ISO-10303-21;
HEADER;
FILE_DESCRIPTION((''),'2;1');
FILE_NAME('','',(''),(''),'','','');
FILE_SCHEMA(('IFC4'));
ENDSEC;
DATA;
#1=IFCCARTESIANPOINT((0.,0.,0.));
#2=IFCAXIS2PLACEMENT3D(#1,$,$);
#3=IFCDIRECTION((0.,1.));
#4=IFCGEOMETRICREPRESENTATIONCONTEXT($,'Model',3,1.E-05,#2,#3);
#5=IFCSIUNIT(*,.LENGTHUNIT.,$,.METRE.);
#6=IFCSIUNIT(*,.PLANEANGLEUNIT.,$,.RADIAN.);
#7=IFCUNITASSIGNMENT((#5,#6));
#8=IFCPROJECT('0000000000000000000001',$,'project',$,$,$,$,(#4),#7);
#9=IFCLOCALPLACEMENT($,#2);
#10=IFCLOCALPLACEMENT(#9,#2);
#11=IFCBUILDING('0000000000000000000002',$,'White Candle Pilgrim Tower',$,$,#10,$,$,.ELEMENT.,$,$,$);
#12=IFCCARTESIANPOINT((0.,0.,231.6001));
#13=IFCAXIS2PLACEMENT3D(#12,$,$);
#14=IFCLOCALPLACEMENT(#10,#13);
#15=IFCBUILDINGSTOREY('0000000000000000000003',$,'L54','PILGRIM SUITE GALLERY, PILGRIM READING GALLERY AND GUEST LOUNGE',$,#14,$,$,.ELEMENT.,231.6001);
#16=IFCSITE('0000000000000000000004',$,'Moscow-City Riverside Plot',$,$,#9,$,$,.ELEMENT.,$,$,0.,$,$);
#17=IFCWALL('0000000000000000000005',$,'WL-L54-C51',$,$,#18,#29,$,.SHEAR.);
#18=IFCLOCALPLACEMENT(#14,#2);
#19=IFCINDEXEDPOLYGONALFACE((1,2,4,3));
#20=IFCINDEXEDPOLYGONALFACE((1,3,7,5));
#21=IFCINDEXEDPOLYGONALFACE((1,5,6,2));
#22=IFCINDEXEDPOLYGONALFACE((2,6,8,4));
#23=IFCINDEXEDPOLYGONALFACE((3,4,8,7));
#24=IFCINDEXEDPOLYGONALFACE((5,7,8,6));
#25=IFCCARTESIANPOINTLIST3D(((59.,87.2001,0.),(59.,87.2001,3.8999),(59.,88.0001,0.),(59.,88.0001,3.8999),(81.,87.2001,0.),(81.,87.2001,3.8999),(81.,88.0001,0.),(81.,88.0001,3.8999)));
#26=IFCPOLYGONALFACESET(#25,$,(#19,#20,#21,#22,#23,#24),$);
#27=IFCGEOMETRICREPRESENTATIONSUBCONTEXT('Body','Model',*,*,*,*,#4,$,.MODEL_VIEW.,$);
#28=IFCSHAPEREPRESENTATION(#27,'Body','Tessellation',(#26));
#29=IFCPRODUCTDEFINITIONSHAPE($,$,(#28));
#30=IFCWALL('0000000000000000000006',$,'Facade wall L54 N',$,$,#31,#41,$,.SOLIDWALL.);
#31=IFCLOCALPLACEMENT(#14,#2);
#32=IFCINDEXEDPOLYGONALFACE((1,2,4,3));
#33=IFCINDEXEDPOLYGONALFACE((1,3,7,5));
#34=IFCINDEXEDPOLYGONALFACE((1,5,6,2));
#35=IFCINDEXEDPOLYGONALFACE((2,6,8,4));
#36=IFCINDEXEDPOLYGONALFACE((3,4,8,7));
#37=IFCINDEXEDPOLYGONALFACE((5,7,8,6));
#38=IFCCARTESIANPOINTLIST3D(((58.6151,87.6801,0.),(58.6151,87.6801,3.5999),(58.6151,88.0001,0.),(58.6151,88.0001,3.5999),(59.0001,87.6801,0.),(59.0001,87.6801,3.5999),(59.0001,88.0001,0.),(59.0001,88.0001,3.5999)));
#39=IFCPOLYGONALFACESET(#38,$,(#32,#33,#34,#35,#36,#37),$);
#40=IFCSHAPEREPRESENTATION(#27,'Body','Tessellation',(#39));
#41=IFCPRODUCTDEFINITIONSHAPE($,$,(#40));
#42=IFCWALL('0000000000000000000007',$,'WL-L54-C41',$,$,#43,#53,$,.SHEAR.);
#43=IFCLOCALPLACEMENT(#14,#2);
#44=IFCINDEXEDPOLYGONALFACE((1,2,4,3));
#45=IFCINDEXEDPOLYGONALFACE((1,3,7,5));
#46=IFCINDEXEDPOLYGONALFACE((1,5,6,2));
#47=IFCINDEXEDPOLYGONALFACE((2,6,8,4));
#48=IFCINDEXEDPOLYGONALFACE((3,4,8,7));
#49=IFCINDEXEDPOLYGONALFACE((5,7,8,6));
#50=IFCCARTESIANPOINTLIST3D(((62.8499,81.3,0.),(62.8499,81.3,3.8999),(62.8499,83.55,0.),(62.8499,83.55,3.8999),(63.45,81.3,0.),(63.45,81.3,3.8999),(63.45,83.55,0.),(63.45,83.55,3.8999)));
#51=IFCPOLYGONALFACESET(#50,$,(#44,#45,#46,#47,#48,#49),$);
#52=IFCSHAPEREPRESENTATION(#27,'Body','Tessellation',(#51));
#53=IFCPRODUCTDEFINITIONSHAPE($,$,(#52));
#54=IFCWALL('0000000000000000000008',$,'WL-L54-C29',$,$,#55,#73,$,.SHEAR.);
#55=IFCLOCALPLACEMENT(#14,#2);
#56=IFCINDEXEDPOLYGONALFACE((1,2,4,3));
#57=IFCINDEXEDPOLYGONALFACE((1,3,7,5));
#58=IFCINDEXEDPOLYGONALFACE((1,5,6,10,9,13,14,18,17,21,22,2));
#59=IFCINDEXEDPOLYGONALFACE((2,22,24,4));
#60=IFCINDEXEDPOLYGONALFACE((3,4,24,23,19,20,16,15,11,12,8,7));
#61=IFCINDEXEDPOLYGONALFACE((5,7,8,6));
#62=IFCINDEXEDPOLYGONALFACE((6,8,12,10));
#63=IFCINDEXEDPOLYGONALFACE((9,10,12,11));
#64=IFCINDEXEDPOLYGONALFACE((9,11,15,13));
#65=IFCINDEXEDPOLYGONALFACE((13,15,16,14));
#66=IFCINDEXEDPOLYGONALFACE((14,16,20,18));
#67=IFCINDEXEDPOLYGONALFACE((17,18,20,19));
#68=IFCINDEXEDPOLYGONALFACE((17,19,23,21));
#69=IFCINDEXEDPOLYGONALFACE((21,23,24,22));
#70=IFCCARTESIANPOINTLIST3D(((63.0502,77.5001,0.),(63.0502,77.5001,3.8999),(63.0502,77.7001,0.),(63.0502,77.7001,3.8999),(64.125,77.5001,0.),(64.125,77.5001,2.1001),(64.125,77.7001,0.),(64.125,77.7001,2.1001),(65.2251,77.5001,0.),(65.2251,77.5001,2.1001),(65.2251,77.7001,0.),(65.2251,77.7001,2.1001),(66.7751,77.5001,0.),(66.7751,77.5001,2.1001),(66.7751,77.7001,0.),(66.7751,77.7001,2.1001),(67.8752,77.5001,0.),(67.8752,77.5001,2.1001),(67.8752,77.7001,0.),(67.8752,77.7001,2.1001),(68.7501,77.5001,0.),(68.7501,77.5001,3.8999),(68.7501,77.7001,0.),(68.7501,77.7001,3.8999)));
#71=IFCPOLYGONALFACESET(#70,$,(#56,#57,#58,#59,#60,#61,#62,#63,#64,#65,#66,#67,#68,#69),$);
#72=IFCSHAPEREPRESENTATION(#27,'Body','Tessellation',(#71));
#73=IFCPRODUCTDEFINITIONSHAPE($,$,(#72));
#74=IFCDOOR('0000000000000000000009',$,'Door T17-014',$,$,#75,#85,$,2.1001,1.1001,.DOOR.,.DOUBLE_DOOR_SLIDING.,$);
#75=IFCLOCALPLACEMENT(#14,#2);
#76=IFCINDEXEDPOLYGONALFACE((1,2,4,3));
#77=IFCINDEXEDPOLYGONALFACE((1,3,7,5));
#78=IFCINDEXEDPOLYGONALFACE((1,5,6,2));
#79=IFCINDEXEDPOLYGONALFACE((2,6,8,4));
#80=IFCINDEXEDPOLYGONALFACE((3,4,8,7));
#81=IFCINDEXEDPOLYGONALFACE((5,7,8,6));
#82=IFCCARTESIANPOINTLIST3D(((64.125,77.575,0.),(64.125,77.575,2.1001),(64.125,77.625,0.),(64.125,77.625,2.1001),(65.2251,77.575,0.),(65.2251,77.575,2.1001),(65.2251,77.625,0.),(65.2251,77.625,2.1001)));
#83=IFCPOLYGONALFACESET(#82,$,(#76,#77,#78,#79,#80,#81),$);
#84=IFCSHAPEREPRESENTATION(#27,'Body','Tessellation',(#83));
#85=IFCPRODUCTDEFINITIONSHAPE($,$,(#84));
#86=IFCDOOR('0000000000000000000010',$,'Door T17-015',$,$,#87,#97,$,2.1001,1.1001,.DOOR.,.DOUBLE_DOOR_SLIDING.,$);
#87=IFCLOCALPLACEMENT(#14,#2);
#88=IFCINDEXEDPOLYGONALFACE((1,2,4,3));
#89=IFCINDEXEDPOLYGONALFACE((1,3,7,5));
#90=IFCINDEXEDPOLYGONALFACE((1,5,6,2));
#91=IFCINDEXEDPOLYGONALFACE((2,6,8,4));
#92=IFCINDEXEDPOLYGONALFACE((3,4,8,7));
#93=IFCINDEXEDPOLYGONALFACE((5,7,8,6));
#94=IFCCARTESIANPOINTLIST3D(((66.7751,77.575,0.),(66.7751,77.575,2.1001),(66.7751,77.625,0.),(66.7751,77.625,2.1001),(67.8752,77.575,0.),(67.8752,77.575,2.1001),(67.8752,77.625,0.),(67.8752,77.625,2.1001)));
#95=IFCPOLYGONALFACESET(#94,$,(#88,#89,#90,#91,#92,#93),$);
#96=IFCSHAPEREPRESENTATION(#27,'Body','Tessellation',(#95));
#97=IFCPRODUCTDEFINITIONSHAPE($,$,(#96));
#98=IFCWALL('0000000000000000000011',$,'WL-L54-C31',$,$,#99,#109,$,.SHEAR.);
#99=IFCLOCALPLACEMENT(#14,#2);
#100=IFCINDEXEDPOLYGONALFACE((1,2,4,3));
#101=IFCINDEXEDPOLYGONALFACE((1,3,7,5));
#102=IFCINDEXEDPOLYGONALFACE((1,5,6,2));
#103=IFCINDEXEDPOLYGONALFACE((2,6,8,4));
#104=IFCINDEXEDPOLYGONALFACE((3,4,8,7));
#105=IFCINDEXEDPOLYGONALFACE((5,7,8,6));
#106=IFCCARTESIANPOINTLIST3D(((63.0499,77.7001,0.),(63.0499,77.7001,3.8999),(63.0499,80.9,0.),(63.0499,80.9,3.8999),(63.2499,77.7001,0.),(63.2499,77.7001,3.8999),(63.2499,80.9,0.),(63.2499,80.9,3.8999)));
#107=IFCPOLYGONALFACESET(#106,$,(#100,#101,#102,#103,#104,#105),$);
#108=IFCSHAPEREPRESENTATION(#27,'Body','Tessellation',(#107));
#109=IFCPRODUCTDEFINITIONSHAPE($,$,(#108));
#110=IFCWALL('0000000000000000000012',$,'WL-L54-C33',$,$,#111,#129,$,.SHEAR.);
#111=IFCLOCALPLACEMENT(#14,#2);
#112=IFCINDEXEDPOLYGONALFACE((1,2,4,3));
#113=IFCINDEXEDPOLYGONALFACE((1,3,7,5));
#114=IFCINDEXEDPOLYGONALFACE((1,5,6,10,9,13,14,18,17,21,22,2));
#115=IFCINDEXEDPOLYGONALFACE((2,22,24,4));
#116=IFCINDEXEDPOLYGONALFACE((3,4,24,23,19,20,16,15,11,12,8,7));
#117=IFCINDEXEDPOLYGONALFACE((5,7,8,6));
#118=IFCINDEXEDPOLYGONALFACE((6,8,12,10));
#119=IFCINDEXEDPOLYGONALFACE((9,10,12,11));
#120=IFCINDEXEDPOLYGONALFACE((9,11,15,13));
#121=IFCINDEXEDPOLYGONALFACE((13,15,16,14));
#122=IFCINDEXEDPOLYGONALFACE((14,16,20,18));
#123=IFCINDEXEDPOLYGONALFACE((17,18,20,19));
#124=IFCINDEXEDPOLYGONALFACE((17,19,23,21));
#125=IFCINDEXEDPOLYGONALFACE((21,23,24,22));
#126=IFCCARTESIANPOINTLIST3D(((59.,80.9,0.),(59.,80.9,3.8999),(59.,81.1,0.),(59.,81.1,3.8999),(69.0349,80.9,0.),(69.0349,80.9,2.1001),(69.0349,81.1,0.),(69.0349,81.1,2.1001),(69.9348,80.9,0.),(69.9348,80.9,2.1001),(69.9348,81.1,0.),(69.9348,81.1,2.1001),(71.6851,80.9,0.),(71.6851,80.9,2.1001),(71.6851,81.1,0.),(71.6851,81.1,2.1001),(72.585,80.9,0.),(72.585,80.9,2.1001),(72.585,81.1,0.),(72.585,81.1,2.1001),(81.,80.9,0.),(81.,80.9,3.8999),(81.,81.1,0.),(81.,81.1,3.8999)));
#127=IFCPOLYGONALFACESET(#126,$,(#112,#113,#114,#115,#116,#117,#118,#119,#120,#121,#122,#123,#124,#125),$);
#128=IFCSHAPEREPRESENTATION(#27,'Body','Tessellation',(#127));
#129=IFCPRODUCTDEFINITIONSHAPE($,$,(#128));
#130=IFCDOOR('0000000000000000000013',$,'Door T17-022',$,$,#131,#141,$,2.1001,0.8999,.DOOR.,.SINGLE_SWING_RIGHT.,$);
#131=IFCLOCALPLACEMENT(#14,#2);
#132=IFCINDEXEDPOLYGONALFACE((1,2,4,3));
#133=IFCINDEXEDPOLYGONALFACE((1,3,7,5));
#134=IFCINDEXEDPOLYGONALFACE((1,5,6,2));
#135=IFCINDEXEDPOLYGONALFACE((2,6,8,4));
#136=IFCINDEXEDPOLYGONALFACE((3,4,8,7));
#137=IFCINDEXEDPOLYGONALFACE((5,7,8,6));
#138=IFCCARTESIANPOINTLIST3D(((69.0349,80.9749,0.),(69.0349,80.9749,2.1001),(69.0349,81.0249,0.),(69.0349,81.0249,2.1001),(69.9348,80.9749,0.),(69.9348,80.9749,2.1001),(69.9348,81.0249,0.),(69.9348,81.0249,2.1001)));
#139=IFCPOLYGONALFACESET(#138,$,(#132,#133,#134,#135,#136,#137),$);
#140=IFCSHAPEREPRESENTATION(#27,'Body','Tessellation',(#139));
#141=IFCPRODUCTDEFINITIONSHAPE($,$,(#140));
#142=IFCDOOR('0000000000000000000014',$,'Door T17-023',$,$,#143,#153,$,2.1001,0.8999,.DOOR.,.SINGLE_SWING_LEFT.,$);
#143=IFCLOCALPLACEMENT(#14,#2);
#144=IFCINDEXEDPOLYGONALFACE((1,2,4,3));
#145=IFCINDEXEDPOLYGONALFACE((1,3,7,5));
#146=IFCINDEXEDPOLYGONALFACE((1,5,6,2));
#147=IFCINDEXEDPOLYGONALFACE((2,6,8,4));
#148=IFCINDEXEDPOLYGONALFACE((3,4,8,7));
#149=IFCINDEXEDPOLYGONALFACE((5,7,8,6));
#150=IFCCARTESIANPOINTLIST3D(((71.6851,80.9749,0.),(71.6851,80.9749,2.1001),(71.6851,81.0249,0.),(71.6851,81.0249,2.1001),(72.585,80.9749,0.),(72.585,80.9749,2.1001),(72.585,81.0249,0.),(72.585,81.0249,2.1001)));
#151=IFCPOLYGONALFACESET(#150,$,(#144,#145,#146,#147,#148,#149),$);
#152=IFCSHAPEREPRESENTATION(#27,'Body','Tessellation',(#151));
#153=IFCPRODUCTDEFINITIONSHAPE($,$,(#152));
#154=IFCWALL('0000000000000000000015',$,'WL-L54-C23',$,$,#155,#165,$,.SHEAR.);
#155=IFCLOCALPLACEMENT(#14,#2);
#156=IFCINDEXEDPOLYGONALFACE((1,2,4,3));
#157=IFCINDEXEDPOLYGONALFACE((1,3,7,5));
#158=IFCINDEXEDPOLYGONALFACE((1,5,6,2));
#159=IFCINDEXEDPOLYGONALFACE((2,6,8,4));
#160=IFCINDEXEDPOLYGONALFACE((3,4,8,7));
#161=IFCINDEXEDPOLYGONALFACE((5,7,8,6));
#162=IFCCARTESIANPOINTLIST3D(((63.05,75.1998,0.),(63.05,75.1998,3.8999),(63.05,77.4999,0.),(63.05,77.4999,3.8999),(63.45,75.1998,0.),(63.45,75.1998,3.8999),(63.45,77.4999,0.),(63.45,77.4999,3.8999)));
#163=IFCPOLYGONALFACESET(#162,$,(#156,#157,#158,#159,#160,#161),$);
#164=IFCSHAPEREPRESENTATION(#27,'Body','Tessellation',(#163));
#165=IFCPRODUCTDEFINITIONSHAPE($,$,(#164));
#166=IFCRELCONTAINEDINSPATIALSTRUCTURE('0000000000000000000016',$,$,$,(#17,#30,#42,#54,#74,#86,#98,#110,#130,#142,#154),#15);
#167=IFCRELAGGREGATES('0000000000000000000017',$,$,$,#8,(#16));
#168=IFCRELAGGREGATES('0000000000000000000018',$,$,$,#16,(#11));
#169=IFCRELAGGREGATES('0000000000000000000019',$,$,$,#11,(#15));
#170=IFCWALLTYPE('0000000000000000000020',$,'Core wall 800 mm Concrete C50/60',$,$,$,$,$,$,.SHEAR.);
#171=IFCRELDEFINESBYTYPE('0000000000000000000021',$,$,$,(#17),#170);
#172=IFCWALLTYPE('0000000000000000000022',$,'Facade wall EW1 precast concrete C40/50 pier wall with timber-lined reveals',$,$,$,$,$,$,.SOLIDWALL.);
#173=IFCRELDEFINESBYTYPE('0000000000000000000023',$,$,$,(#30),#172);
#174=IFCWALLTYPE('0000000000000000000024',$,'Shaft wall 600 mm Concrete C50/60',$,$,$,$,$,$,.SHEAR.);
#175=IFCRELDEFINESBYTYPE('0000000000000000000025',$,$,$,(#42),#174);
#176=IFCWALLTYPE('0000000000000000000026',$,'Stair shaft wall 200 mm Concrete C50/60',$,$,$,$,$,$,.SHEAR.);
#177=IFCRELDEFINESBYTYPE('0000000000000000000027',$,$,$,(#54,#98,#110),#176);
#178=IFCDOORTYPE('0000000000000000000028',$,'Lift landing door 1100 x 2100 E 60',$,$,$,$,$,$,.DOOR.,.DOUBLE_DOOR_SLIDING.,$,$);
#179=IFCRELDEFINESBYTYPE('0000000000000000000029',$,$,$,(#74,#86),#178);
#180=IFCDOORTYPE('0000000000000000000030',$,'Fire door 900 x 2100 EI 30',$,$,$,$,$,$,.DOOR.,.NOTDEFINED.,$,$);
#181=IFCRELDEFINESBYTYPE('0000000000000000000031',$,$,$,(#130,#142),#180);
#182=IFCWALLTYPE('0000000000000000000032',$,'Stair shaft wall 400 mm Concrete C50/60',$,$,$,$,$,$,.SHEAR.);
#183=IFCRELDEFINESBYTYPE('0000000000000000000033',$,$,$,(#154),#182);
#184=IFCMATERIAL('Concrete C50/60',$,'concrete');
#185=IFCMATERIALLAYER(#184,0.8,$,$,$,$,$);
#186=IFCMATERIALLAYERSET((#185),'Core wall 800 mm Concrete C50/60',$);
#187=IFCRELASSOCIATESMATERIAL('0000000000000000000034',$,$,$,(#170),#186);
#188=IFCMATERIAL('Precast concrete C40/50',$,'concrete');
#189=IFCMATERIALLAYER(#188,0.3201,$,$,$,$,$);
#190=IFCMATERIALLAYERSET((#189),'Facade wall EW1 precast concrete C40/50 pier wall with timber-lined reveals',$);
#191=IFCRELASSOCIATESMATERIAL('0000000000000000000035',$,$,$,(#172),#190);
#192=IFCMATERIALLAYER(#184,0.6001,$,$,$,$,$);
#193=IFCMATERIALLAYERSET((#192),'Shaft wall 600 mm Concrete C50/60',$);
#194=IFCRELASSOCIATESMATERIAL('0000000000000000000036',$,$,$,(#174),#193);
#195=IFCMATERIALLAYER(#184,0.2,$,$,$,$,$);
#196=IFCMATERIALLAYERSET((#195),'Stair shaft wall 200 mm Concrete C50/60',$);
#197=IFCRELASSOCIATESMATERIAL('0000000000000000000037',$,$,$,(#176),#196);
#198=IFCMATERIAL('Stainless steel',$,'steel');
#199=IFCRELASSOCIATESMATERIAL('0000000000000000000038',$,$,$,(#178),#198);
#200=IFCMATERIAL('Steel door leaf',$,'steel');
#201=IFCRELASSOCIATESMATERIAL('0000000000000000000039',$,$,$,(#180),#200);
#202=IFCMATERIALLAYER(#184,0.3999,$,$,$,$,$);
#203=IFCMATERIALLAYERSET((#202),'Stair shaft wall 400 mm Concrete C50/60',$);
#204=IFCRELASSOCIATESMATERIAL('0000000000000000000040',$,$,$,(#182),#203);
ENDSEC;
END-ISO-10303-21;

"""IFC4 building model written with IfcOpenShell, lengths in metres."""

from ifc_helpers import new_model, si_unit, direction, frame, frame_2d, origin, place, context, subcontext, project, spatial, rectangle, extrude, material, layer, layer_set, type_object, element, fill, save


model = new_model("IFC4")

# Units and contexts
model_context = context("Model", 3, precision=1e-05, world=origin(), true_north=direction((0.0, 1.0)))
body_context = subcontext(model_context, "Body", "Model", "MODEL_VIEW")
ifc_project = project(units=[si_unit("LENGTHUNIT", "METRE"), si_unit("PLANEANGLEUNIT", "RADIAN")], contexts=[model_context])

# Site, building, storey
site_placement = place(None, origin())
site = spatial("IfcSite", under=ifc_project, at=site_placement, Name="Moscow-City Riverside Plot", CompositionType="ELEMENT", RefElevation=0.0)
building_placement = place(site_placement, origin())
building = spatial("IfcBuilding", under=site, at=building_placement, Name="White Candle Pilgrim Tower", CompositionType="ELEMENT")
storey_placement = place(building_placement, frame((0.0, 0.0, 231.6001)))
storey = spatial("IfcBuildingStorey", under=building, at=storey_placement, Name="L54", Description="PILGRIM SUITE GALLERY, PILGRIM READING GALLERY AND GUEST LOUNGE", CompositionType="ELEMENT", Elevation=231.6001)

# Shared definitions
ifc_material_1 = material(Name="Concrete C50/60", Category="concrete")

# Shared definitions
ifc_material_2 = material(Name="Stainless steel", Category="steel")

# Shared definitions
ifc_layer_1 = layer(ifc_material_1, 0.8)
ifc_layer_set_1 = layer_set([ifc_layer_1], Name="Core wall 800 mm Concrete C50/60")
wall_type_1 = type_object("IfcWallType", Name="Core wall 800 mm Concrete C50/60", PredefinedType="SHEAR", material=ifc_layer_set_1)
ifc_material_3 = material(Name="Steel door leaf", Category="steel")

# Walls
wall_1_placement = place(storey_placement, frame((59.0, 87.6001, 0.0), z_axis=(0.0, 0.0, 1.0), x_axis=(1.0, 0.0, 0.0)))
element("IfcWall", 1, at=wall_1_placement, inside=storey, type_object=wall_type_1, Name="WL-L54-C51", PredefinedType="SHEAR", context=body_context, shape_type="SweptSolid", body=[
    extrude(rectangle(XDim=22.0, YDim=0.8, at=frame_2d((11.0, 0.0))), origin(), (0.0, 0.0, 1.0), 3.8999),
])
ifc_material_4 = material(Name="Precast concrete C40/50", Category="concrete")
ifc_layer_2 = layer(ifc_material_4, 0.3201)
ifc_layer_set_2 = layer_set([ifc_layer_2], Name="Facade wall EW1 precast concrete C40/50 pier wall with timber-lined reveals")
wall_type_2 = type_object("IfcWallType", Name="Facade wall EW1 precast concrete C40/50 pier wall with timber-lined reveals", PredefinedType="SOLIDWALL", material=ifc_layer_set_2)
wall_2_placement = place(storey_placement, frame((59.0, 87.8401, 0.0), z_axis=(0.0, 0.0, 1.0), x_axis=(-1.0, 0.0, 0.0)))
element("IfcWall", 2, at=wall_2_placement, inside=storey, type_object=wall_type_2, Name="Facade wall L54 N", PredefinedType="SOLIDWALL", context=body_context, shape_type="SweptSolid", body=[
    extrude(rectangle(XDim=0.385, YDim=0.3201, at=frame_2d((0.1924, 0.0))), origin(), (0.0, 0.0, 1.0), 3.5999),
])
ifc_layer_3 = layer(ifc_material_1, 0.6001)
ifc_layer_set_3 = layer_set([ifc_layer_3], Name="Shaft wall 600 mm Concrete C50/60")
wall_type_3 = type_object("IfcWallType", Name="Shaft wall 600 mm Concrete C50/60", PredefinedType="SHEAR", material=ifc_layer_set_3)
wall_3_placement = place(storey_placement, frame((63.1499, 81.3, 0.0), z_axis=(0.0, 0.0, 1.0), x_axis=(0.0, 1.0, 0.0)))
element("IfcWall", 3, at=wall_3_placement, inside=storey, type_object=wall_type_3, Name="WL-L54-C41", PredefinedType="SHEAR", context=body_context, shape_type="SweptSolid", body=[
    extrude(rectangle(XDim=2.25, YDim=0.6001, at=frame_2d((1.125, 0.0))), origin(), (0.0, 0.0, 1.0), 3.8999),
])

# Wall, openings, doors
ifc_layer_4 = layer(ifc_material_1, 0.2)
ifc_layer_set_4 = layer_set([ifc_layer_4], Name="Stair shaft wall 200 mm Concrete C50/60")
wall_type_4 = type_object("IfcWallType", Name="Stair shaft wall 200 mm Concrete C50/60", PredefinedType="SHEAR", material=ifc_layer_set_4)
wall_4_placement = place(storey_placement, frame((63.05, 77.6001, 0.0), z_axis=(0.0, 0.0, 1.0), x_axis=(1.0, 0.0, 0.0)))
wall_4 = element("IfcWall", 4, at=wall_4_placement, inside=storey, type_object=wall_type_4, Name="WL-L54-C29", PredefinedType="SHEAR", context=body_context, shape_type="SweptSolid", body=[
    extrude(rectangle(XDim=5.7, YDim=0.2, at=frame_2d((2.8501, 0.0))), origin(), (0.0, 0.0, 1.0), 3.8999),
])
opening_1_placement = place(wall_4_placement, frame((1.075, 0.0, 0.0)))
opening_1 = element("IfcOpeningElement", 5, at=opening_1_placement, cuts=wall_4, PredefinedType="OPENING", context=body_context, shape_type="SweptSolid", body=[
    extrude(rectangle(XDim=1.1001, YDim=2.1001, at=frame_2d((0.55, 1.05))), frame((0.0, 0.1099, 0.0), z_axis=(0.0, -1.0, 0.0), x_axis=(1.0, 0.0, 0.0)), (0.0, 0.0, 1.0), 0.22),
])
opening_2_placement = place(wall_4_placement, frame((3.7251, 0.0, 0.0)))
opening_2 = element("IfcOpeningElement", 6, at=opening_2_placement, cuts=wall_4, PredefinedType="OPENING", context=body_context, shape_type="SweptSolid", body=[
    extrude(rectangle(XDim=1.1001, YDim=2.1001, at=frame_2d((0.55, 1.05))), frame((0.0, 0.1099, 0.0), z_axis=(0.0, -1.0, 0.0), x_axis=(1.0, 0.0, 0.0)), (0.0, 0.0, 1.0), 0.22),
])
door_type_1 = type_object("IfcDoorType", Name="Lift landing door 1100 x 2100 E 60", OperationType="DOUBLE_DOOR_SLIDING", PredefinedType="DOOR", material=ifc_material_2)
door_1_placement = place(opening_1_placement, origin())
door_1 = element("IfcDoor", 7, at=door_1_placement, inside=storey, type_object=door_type_1, Name="Door T17-014", OperationType="DOUBLE_DOOR_SLIDING", OverallHeight=2.1001, OverallWidth=1.1001, PredefinedType="DOOR", context=body_context, shape_type="SweptSolid", body=[
    extrude(rectangle(XDim=1.1001, YDim=2.1001, at=frame_2d((0.55, 1.05))), frame((0.0, 0.0249, 0.0), z_axis=(0.0, -1.0, 0.0), x_axis=(1.0, 0.0, 0.0)), (0.0, 0.0, 1.0), 0.05),
])
fill(opening_1, door_1)
door_2_placement = place(opening_2_placement, origin())
door_2 = element("IfcDoor", 8, at=door_2_placement, inside=storey, type_object=door_type_1, Name="Door T17-015", OperationType="DOUBLE_DOOR_SLIDING", OverallHeight=2.1001, OverallWidth=1.1001, PredefinedType="DOOR", context=body_context, shape_type="SweptSolid", body=[
    extrude(rectangle(XDim=1.1001, YDim=2.1001, at=frame_2d((0.55, 1.05))), frame((0.0, 0.0249, 0.0), z_axis=(0.0, -1.0, 0.0), x_axis=(1.0, 0.0, 0.0)), (0.0, 0.0, 1.0), 0.05),
])
fill(opening_2, door_2)

# Wall
wall_5_placement = place(storey_placement, frame((63.1499, 77.7, 0.0), z_axis=(0.0, 0.0, 1.0), x_axis=(0.0, 1.0, 0.0)))
element("IfcWall", 9, at=wall_5_placement, inside=storey, type_object=wall_type_4, Name="WL-L54-C31", PredefinedType="SHEAR", context=body_context, shape_type="SweptSolid", body=[
    extrude(rectangle(XDim=3.2, YDim=0.2, at=frame_2d((1.6001, 0.0))), origin(), (0.0, 0.0, 1.0), 3.8999),
])

# Wall, openings, doors
wall_6_placement = place(storey_placement, frame((59.0, 81.0, 0.0), z_axis=(0.0, 0.0, 1.0), x_axis=(1.0, 0.0, 0.0)))
wall_6 = element("IfcWall", 10, at=wall_6_placement, inside=storey, type_object=wall_type_4, Name="WL-L54-C33", PredefinedType="SHEAR", context=body_context, shape_type="SweptSolid", body=[
    extrude(rectangle(XDim=22.0, YDim=0.2, at=frame_2d((11.0, 0.0))), origin(), (0.0, 0.0, 1.0), 3.8999),
])
opening_3_placement = place(wall_6_placement, frame((10.0349, 0.0, 0.0)))
opening_3 = element("IfcOpeningElement", 11, at=opening_3_placement, cuts=wall_6, PredefinedType="OPENING", context=body_context, shape_type="SweptSolid", body=[
    extrude(rectangle(XDim=0.8999, YDim=2.1001, at=frame_2d((0.45, 1.05))), frame((0.0, 0.1099, 0.0), z_axis=(0.0, -1.0, 0.0), x_axis=(1.0, 0.0, 0.0)), (0.0, 0.0, 1.0), 0.22),
])
opening_4_placement = place(wall_6_placement, frame((12.6851, 0.0, 0.0)))
opening_4 = element("IfcOpeningElement", 12, at=opening_4_placement, cuts=wall_6, PredefinedType="OPENING", context=body_context, shape_type="SweptSolid", body=[
    extrude(rectangle(XDim=0.8999, YDim=2.1001, at=frame_2d((0.45, 1.05))), frame((0.0, 0.1099, 0.0), z_axis=(0.0, -1.0, 0.0), x_axis=(1.0, 0.0, 0.0)), (0.0, 0.0, 1.0), 0.22),
])
door_type_2 = type_object("IfcDoorType", Name="Fire door 900 x 2100 EI 30", OperationType="NOTDEFINED", PredefinedType="DOOR", material=ifc_material_3)
door_3_placement = place(opening_3_placement, origin())
door_3 = element("IfcDoor", 13, at=door_3_placement, inside=storey, type_object=door_type_2, Name="Door T17-022", OperationType="SINGLE_SWING_RIGHT", OverallHeight=2.1001, OverallWidth=0.8999, PredefinedType="DOOR", context=body_context, shape_type="SweptSolid", body=[
    extrude(rectangle(XDim=0.8999, YDim=2.1001, at=frame_2d((0.45, 1.05))), frame((0.0, 0.0249, 0.0), z_axis=(0.0, -1.0, 0.0), x_axis=(1.0, 0.0, 0.0)), (0.0, 0.0, 1.0), 0.05),
])
fill(opening_3, door_3)
door_4_placement = place(opening_4_placement, origin())
door_4 = element("IfcDoor", 14, at=door_4_placement, inside=storey, type_object=door_type_2, Name="Door T17-023", OperationType="SINGLE_SWING_LEFT", OverallHeight=2.1001, OverallWidth=0.8999, PredefinedType="DOOR", context=body_context, shape_type="SweptSolid", body=[
    extrude(rectangle(XDim=0.8999, YDim=2.1001, at=frame_2d((0.45, 1.05))), frame((0.0, 0.0249, 0.0), z_axis=(0.0, -1.0, 0.0), x_axis=(1.0, 0.0, 0.0)), (0.0, 0.0, 1.0), 0.05),
])
fill(opening_4, door_4)

# Wall
ifc_layer_5 = layer(ifc_material_1, 0.3999)
ifc_layer_set_5 = layer_set([ifc_layer_5], Name="Stair shaft wall 400 mm Concrete C50/60")
wall_type_5 = type_object("IfcWallType", Name="Stair shaft wall 400 mm Concrete C50/60", PredefinedType="SHEAR", material=ifc_layer_set_5)
wall_7_placement = place(storey_placement, frame((63.25, 75.2, 0.0), z_axis=(0.0, 0.0, 1.0), x_axis=(0.0, 1.0, 0.0)))
element("IfcWall", 15, at=wall_7_placement, inside=storey, type_object=wall_type_5, Name="WL-L54-C23", PredefinedType="SHEAR", context=body_context, shape_type="SweptSolid", body=[
    extrude(rectangle(XDim=2.3, YDim=0.3999, at=frame_2d((1.1499, 0.0))), origin(), (0.0, 0.0, 1.0), 3.8999),
])

save(model, "model.ifc")
